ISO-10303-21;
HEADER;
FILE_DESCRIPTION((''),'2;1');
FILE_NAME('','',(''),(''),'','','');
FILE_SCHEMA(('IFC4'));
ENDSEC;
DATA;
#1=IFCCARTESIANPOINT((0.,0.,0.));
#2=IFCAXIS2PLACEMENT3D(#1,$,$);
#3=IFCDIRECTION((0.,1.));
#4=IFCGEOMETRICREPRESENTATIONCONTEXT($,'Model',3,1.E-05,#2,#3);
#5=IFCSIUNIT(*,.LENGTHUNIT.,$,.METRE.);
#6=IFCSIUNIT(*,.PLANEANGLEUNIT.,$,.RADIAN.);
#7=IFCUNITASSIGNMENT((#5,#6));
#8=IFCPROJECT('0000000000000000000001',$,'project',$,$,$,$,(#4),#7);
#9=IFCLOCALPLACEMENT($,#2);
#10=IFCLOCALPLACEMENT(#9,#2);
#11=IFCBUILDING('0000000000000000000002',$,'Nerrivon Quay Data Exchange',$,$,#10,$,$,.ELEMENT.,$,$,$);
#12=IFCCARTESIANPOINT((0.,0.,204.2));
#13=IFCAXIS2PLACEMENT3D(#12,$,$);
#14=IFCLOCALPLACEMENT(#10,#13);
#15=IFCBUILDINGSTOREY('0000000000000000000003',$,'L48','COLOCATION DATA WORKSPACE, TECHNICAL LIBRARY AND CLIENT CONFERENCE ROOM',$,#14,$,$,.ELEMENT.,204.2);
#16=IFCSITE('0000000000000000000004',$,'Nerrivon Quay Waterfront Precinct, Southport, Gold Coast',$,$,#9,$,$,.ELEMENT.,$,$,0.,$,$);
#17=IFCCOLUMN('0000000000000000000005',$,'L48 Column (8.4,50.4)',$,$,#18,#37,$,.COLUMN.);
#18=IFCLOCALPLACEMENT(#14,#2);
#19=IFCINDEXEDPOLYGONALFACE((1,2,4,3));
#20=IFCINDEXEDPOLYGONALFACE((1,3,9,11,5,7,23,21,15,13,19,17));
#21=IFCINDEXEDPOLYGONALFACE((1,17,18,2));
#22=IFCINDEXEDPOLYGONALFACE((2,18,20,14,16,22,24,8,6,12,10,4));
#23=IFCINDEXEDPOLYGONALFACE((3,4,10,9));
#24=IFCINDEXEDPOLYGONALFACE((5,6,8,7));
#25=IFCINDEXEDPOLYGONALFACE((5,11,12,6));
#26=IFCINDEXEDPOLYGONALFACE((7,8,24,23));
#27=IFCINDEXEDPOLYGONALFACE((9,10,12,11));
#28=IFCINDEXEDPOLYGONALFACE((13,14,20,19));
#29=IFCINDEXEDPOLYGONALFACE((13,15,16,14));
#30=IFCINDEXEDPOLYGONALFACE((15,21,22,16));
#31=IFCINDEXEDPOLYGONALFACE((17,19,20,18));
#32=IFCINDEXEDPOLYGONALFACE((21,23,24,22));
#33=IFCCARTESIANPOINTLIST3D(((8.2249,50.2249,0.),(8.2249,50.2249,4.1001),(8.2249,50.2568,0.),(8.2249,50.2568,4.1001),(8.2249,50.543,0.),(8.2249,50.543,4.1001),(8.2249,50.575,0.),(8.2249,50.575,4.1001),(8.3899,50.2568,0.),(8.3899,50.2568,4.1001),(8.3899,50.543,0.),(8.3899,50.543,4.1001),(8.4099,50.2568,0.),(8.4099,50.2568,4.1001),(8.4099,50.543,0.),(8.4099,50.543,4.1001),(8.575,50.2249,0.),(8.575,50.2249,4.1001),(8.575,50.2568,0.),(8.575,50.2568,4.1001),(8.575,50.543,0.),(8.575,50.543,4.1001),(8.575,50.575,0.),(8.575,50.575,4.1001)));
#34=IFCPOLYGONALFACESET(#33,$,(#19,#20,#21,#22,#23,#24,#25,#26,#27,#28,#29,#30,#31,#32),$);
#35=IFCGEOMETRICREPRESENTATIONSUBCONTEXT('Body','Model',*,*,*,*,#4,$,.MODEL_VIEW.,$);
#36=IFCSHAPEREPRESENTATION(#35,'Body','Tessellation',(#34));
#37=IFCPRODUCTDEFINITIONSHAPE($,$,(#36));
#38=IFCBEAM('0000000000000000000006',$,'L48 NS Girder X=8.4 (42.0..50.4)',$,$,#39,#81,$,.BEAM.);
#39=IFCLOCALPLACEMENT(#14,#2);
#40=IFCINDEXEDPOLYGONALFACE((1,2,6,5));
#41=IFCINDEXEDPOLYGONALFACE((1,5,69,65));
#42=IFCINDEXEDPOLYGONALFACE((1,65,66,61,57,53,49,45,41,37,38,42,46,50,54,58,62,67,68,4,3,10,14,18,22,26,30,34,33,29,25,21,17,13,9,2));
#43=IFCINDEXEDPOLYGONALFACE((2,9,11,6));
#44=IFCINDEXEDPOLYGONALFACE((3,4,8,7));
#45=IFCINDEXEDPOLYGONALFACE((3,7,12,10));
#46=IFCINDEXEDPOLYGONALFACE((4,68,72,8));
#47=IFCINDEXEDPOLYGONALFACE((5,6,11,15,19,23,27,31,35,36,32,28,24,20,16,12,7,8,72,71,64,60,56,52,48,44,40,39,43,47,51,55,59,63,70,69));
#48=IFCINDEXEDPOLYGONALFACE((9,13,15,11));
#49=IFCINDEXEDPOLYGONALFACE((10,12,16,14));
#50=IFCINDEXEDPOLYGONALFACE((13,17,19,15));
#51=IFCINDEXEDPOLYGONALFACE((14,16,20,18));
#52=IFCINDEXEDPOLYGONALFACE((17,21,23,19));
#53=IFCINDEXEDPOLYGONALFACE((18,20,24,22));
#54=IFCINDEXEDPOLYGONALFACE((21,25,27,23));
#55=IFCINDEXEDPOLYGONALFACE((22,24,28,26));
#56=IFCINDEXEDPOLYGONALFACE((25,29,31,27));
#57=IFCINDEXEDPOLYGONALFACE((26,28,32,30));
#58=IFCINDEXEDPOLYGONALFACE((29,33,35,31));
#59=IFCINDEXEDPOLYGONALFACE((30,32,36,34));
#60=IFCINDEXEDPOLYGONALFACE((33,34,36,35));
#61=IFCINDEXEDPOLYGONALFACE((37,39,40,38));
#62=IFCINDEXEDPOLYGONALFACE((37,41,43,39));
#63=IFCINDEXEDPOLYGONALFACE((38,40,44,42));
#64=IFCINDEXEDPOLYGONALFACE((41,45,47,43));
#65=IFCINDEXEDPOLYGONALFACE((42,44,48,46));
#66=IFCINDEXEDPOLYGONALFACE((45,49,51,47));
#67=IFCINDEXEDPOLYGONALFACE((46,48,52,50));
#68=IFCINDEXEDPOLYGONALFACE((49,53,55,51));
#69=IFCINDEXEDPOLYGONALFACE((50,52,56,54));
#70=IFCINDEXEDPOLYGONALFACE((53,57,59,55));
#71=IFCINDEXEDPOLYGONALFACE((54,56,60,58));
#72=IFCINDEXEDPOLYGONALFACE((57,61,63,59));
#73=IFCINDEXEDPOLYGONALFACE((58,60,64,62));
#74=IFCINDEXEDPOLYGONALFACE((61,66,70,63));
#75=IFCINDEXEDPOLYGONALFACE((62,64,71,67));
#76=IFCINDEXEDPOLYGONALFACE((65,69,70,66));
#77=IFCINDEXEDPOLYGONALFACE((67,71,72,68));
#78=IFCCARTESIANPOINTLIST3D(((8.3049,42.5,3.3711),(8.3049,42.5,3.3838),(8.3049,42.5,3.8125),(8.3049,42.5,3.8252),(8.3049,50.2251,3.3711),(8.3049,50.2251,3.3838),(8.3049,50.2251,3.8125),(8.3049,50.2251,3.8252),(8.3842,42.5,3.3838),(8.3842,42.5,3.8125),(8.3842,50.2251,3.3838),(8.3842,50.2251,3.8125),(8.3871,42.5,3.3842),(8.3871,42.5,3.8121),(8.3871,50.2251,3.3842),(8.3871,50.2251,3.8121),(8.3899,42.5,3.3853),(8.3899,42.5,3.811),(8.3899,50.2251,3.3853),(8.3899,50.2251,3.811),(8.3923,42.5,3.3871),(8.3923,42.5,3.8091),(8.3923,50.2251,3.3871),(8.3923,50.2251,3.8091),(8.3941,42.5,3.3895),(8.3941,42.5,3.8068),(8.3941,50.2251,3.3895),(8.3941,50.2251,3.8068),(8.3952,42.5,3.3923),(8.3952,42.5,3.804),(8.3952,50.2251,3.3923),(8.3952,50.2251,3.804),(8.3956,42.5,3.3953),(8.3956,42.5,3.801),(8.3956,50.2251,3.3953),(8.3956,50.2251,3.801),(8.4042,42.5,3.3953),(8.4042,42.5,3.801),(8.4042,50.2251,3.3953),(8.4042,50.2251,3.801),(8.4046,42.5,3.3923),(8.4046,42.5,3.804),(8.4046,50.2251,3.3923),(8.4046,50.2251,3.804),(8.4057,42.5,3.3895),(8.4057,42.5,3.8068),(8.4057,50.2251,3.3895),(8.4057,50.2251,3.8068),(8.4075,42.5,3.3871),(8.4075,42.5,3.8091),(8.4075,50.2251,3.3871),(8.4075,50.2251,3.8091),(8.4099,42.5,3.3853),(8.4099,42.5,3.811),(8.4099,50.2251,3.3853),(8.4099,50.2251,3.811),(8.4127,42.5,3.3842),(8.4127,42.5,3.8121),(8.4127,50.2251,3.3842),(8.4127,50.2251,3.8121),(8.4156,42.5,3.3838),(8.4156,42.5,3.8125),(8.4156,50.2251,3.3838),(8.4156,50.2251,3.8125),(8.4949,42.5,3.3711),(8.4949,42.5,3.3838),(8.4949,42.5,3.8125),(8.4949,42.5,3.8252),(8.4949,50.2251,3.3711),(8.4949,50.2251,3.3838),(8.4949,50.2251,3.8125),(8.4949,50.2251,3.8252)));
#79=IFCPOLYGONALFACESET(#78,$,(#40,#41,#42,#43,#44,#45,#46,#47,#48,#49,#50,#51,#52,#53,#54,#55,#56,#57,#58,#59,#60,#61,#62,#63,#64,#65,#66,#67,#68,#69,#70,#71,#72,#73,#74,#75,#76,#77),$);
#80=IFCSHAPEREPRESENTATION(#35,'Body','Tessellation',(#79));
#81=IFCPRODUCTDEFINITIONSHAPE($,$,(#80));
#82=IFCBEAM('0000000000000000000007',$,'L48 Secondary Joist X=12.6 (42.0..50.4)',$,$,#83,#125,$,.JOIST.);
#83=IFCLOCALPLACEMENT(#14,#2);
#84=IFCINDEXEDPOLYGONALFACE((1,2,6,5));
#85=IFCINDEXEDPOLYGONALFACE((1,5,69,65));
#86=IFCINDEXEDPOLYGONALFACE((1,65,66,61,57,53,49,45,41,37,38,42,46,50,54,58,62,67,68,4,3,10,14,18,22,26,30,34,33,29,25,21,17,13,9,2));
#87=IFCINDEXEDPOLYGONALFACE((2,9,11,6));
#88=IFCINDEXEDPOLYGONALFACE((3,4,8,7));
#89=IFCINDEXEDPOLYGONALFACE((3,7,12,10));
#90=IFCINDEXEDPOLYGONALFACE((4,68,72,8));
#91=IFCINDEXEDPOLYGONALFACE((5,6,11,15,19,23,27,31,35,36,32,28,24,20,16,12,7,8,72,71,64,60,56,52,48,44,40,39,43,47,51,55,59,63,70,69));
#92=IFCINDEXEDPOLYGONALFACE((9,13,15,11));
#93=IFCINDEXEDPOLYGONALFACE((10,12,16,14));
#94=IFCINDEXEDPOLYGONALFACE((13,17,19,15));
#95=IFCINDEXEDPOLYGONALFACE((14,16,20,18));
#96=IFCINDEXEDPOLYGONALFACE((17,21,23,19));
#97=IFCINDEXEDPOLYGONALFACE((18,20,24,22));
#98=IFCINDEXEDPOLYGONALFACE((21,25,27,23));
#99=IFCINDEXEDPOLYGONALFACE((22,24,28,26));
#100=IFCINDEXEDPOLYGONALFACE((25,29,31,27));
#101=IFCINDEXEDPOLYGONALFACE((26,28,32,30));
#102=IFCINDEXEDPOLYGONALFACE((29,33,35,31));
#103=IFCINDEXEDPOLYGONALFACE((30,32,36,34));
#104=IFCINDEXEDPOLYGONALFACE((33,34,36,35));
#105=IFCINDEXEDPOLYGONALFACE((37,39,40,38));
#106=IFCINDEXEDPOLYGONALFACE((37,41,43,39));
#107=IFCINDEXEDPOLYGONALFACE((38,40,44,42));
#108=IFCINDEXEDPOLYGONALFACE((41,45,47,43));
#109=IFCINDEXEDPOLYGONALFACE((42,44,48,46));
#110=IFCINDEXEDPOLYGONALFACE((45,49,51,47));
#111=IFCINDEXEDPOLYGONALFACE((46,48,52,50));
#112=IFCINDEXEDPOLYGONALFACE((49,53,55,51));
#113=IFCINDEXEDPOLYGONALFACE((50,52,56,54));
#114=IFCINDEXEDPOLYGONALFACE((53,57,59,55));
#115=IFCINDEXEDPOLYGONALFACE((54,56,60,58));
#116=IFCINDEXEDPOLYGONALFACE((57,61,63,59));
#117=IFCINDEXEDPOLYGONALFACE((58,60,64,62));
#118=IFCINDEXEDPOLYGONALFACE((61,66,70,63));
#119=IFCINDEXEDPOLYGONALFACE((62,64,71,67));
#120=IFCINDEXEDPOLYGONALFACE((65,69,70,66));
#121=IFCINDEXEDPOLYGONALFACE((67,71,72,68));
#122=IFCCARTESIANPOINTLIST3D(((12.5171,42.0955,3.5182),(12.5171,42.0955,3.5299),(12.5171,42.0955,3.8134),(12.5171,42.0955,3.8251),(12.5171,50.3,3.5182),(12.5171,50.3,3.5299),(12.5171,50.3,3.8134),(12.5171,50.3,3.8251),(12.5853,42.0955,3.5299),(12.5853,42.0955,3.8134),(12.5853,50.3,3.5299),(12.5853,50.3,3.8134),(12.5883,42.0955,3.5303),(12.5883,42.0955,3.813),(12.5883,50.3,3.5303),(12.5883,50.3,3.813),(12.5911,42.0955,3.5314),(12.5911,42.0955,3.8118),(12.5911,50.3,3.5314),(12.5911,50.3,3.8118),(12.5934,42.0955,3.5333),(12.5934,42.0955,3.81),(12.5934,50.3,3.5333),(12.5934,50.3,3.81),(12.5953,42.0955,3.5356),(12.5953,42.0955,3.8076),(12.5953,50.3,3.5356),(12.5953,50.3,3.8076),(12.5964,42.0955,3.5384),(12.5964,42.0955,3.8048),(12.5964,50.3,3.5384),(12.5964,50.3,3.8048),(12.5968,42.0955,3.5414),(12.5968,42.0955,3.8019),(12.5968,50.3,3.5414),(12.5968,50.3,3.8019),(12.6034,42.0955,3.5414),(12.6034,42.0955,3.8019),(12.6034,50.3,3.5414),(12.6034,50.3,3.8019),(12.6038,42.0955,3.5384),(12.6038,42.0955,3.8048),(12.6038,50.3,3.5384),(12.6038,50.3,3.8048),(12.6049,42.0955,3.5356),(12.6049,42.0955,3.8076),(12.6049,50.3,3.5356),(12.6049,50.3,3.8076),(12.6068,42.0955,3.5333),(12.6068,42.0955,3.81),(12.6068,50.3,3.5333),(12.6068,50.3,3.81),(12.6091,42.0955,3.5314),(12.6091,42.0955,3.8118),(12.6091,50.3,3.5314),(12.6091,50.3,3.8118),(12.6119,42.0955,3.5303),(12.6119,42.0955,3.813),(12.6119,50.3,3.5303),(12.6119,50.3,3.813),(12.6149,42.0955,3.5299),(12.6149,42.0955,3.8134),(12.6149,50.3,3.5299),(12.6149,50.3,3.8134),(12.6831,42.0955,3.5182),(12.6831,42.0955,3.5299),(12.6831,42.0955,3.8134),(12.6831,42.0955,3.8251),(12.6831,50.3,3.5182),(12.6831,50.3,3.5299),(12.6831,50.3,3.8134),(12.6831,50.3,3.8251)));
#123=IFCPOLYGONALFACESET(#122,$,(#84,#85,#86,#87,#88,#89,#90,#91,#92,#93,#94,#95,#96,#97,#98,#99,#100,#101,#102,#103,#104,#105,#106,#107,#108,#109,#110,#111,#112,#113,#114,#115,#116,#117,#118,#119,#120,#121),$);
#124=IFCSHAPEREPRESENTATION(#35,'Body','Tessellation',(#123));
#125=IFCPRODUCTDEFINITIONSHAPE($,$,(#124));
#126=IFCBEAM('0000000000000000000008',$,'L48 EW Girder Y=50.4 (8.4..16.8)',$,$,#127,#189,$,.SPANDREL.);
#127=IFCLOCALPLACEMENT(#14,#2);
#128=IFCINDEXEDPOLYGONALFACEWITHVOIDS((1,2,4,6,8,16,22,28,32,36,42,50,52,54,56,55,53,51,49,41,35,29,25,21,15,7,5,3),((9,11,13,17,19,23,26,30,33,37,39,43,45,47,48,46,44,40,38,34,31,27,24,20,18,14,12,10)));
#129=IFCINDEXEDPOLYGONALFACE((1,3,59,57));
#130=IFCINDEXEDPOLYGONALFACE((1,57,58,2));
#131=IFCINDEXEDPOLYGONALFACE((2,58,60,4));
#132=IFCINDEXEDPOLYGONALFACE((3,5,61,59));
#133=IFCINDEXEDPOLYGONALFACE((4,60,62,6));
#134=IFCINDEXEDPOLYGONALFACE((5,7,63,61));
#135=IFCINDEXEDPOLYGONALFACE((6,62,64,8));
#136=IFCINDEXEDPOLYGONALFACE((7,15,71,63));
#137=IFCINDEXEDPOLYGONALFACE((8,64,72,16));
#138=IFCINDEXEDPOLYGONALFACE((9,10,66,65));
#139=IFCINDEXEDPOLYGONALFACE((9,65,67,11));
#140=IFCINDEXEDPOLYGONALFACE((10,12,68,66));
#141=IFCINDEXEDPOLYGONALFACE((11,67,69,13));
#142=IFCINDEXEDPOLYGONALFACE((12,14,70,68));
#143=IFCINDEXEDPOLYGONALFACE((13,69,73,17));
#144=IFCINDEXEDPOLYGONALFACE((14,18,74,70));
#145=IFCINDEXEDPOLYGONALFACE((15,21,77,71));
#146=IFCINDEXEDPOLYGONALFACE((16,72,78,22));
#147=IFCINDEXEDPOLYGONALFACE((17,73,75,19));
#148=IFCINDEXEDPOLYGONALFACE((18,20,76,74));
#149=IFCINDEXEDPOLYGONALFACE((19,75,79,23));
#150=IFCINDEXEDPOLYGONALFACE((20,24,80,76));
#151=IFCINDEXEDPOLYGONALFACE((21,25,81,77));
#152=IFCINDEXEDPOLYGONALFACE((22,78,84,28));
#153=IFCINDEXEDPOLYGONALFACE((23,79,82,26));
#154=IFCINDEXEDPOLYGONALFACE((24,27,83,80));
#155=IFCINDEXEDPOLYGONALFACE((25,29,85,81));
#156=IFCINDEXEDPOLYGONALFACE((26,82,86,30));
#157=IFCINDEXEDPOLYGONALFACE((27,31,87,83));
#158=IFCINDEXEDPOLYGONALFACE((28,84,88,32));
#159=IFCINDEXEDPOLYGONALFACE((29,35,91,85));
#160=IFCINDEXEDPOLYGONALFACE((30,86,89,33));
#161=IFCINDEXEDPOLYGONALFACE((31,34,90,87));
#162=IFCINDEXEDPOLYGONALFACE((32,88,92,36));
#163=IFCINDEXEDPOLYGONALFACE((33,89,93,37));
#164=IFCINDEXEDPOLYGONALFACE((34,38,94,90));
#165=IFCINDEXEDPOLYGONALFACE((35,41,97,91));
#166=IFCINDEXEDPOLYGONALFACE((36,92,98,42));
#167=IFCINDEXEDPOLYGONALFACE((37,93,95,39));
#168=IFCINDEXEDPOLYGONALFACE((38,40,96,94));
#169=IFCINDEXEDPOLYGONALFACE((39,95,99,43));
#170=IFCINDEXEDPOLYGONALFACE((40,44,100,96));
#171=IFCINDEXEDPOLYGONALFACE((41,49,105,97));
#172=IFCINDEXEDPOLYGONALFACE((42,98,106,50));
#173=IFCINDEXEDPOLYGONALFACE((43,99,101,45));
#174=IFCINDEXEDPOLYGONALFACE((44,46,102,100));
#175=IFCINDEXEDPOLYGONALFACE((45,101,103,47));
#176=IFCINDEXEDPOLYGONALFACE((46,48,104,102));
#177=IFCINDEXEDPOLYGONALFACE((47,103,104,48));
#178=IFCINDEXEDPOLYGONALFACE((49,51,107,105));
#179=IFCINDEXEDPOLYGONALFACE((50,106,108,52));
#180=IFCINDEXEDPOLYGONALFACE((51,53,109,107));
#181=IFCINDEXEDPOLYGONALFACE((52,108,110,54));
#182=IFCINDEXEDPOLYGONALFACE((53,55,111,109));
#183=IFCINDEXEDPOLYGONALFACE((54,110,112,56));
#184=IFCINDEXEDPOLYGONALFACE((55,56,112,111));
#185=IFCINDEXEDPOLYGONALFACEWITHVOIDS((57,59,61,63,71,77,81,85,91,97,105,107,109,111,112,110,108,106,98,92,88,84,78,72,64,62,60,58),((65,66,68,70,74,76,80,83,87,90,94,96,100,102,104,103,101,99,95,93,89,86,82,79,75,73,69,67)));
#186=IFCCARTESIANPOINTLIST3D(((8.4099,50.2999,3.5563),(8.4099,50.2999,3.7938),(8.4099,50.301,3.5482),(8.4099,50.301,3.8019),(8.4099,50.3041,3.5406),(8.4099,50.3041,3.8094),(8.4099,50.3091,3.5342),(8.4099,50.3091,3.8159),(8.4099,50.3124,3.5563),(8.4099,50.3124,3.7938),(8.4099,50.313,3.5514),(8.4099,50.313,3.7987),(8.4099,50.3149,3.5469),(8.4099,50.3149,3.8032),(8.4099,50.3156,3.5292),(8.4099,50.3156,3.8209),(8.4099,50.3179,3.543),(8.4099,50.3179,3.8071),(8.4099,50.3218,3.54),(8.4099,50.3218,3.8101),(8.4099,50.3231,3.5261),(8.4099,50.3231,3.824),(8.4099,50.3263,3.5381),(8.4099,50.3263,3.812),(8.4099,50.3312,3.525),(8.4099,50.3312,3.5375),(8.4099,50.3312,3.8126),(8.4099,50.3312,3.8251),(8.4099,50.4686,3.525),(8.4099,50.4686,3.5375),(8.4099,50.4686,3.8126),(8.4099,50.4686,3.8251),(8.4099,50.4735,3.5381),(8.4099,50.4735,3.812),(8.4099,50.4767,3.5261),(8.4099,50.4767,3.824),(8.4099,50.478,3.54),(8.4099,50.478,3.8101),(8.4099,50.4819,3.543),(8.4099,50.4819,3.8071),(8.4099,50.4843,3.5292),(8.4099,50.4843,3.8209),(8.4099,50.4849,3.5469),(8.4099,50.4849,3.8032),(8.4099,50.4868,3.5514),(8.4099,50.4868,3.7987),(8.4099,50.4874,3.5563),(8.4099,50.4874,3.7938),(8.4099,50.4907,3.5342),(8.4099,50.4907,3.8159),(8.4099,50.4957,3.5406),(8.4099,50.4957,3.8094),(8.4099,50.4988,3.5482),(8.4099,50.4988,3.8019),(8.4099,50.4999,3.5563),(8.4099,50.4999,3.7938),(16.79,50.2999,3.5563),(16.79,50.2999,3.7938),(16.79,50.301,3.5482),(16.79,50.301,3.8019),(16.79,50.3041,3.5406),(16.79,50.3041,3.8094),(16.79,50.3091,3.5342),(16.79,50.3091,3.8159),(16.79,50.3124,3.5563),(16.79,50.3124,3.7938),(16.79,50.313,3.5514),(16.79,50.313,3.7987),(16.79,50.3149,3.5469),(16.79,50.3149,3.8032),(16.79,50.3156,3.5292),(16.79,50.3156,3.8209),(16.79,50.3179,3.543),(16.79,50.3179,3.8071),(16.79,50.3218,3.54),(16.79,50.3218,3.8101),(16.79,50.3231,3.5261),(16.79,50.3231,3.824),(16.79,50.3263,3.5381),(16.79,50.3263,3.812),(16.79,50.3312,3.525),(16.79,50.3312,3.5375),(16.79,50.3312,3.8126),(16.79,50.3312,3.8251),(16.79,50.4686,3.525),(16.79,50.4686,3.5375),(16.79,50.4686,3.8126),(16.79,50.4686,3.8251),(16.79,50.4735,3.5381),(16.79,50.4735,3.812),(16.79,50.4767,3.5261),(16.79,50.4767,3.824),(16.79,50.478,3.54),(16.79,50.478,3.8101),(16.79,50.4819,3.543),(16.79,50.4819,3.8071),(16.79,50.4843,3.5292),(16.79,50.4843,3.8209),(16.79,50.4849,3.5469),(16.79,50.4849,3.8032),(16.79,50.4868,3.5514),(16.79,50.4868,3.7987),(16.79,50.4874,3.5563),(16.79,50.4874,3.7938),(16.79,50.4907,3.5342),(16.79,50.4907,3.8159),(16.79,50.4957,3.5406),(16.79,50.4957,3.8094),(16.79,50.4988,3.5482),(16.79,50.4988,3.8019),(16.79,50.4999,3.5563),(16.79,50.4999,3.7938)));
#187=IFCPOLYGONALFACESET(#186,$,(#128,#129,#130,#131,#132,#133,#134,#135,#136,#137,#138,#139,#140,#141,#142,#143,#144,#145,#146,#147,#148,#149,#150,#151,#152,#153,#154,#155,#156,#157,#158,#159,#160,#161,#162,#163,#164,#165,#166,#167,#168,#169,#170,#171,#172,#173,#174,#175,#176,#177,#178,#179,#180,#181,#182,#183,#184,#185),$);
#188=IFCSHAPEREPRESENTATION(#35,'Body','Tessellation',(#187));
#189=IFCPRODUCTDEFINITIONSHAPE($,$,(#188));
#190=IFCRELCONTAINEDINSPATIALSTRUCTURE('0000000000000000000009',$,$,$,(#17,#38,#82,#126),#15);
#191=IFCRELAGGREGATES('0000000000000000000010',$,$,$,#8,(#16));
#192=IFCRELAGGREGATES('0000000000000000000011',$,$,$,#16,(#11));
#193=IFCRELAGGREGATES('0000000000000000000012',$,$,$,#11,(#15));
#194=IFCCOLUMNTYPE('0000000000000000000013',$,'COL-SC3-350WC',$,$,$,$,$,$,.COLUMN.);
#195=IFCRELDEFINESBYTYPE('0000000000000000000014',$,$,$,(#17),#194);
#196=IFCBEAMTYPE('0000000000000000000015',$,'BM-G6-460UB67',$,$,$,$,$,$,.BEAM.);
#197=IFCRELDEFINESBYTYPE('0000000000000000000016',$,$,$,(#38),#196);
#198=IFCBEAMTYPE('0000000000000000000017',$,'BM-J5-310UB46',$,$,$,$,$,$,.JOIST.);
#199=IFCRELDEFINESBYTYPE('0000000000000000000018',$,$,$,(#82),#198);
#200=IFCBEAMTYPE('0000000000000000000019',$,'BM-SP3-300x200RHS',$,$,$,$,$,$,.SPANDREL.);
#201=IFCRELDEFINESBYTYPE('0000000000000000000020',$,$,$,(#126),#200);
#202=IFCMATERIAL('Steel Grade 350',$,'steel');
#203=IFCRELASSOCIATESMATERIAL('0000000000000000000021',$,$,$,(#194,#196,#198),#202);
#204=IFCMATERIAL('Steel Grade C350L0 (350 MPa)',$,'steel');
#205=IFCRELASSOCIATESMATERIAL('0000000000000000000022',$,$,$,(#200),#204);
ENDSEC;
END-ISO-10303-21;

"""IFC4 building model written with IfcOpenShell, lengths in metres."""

from ifc_helpers import new_model, si_unit, direction, frame, origin, origin_2d, place, context, subcontext, project, spatial, hollow_rectangle, i_section, extrude, material, material_profile, profile_set, type_object, element, save


model = new_model("IFC4")

# Units and contexts
model_context = context("Model", 3, precision=1e-05, world=origin(), true_north=direction((0.0, 1.0)))
body_context = subcontext(model_context, "Body", "Model", "MODEL_VIEW")
ifc_project = project(units=[si_unit("LENGTHUNIT", "METRE"), si_unit("PLANEANGLEUNIT", "RADIAN")], contexts=[model_context])

# Site, building, storey
site_placement = place(None, origin())
site = spatial("IfcSite", under=ifc_project, at=site_placement, Name="Nerrivon Quay Waterfront Precinct, Southport, Gold Coast", CompositionType="ELEMENT", RefElevation=0.0)
building_placement = place(site_placement, origin())
building = spatial("IfcBuilding", under=site, at=building_placement, Name="Nerrivon Quay Data Exchange", CompositionType="ELEMENT")
storey_placement = place(building_placement, frame((0.0, 0.0, 204.2)))
storey = spatial("IfcBuildingStorey", under=building, at=storey_placement, Name="L48", Description="COLOCATION DATA WORKSPACE, TECHNICAL LIBRARY AND CLIENT CONFERENCE ROOM", CompositionType="ELEMENT", Elevation=204.2)

# Column
ifc_material_1 = material(Name="Steel Grade 350", Category="steel")
ifc_material_profile_1 = material_profile(ifc_material_1, i_section(OverallWidth=0.3501, OverallDepth=0.3501, WebThickness=0.02, FlangeThickness=0.032, at=origin_2d()), Name="350WC230")
ifc_profile_set_1 = profile_set([ifc_material_profile_1], Name="Steel Grade 350")
column_type = type_object("IfcColumnType", Name="COL-SC3-350WC", PredefinedType="COLUMN", material=ifc_profile_set_1)
column_placement = place(storey_placement, frame((8.3999, 50.3999, 0.0), z_axis=(0.0, 0.0, 1.0), x_axis=(1.0, 0.0, 0.0)))
element("IfcColumn", 1, at=column_placement, inside=storey, type_object=column_type, Name="L48 Column (8.4,50.4)", PredefinedType="COLUMN", context=body_context, shape_type="SweptSolid", body=[
    extrude(i_section(OverallWidth=0.3501, OverallDepth=0.3501, WebThickness=0.02, FlangeThickness=0.032, at=origin_2d()), origin(), (0.0, 0.0, 1.0), 4.1001),
])

# Beams
ifc_material_profile_2 = material_profile(ifc_material_1, i_section(OverallWidth=0.1899, OverallDepth=0.4541, WebThickness=0.0085, FlangeThickness=0.0127, FilletRadius=0.0115, at=origin_2d()), Name="460UB67.1")
ifc_profile_set_2 = profile_set([ifc_material_profile_2], Name="Steel Grade 350")
beam_type_1 = type_object("IfcBeamType", Name="BM-G6-460UB67", PredefinedType="BEAM", material=ifc_profile_set_2)
beam_1_placement = place(storey_placement, frame((8.3999, 42.5, 3.5981), z_axis=(0.0, 1.0, 0.0), x_axis=(-1.0, 0.0, 0.0)))
element("IfcBeam", 2, at=beam_1_placement, inside=storey, type_object=beam_type_1, Name="L48 NS Girder X=8.4 (42.0..50.4)", PredefinedType="BEAM", context=body_context, shape_type="SweptSolid", body=[
    extrude(i_section(OverallWidth=0.1899, OverallDepth=0.4541, WebThickness=0.0085, FlangeThickness=0.0127, FilletRadius=0.0115, at=origin_2d()), origin(), (0.0, 0.0, 1.0), 7.7251),
])
ifc_material_profile_3 = material_profile(ifc_material_1, i_section(OverallWidth=0.166, OverallDepth=0.3069, WebThickness=0.0066, FlangeThickness=0.0117, FilletRadius=0.0115, at=origin_2d()), Name="310UB46.2")
ifc_profile_set_3 = profile_set([ifc_material_profile_3], Name="Steel Grade 350")
beam_type_2 = type_object("IfcBeamType", Name="BM-J5-310UB46", PredefinedType="JOIST", material=ifc_profile_set_3)
beam_2_placement = place(storey_placement, frame((12.6001, 42.0955, 3.6716), z_axis=(0.0, 1.0, 0.0), x_axis=(-1.0, 0.0, 0.0)))
element("IfcBeam", 3, at=beam_2_placement, inside=storey, type_object=beam_type_2, Name="L48 Secondary Joist X=12.6 (42.0..50.4)", PredefinedType="JOIST", context=body_context, shape_type="SweptSolid", body=[
    extrude(i_section(OverallWidth=0.166, OverallDepth=0.3069, WebThickness=0.0066, FlangeThickness=0.0117, FilletRadius=0.0115, at=origin_2d()), origin(), (0.0, 0.0, 1.0), 8.2046),
])
ifc_material_2 = material(Name="Steel Grade C350L0 (350 MPa)", Category="steel")
ifc_material_profile_4 = material_profile(ifc_material_2, hollow_rectangle(XDim=0.2, YDim=0.3, WallThickness=0.0125, InnerFilletRadius=0.0188, OuterFilletRadius=0.0312, at=origin_2d()), Name="300x200x12.5RHS")
ifc_profile_set_4 = profile_set([ifc_material_profile_4], Name="Steel Grade C350L0 (350 MPa)")
beam_type_3 = type_object("IfcBeamType", Name="BM-SP3-300x200RHS", PredefinedType="SPANDREL", material=ifc_profile_set_4)
beam_3_placement = place(storey_placement, frame((8.4099, 50.3999, 3.675), z_axis=(1.0, 0.0, 0.0), x_axis=(0.0, 1.0, 0.0)))
element("IfcBeam", 4, at=beam_3_placement, inside=storey, type_object=beam_type_3, Name="L48 EW Girder Y=50.4 (8.4..16.8)", PredefinedType="SPANDREL", context=body_context, shape_type="SweptSolid", body=[
    extrude(hollow_rectangle(XDim=0.2, YDim=0.3, WallThickness=0.0125, InnerFilletRadius=0.0188, OuterFilletRadius=0.0312, at=origin_2d()), origin(), (0.0, 0.0, 1.0), 8.3801),
])

save(model, "model.ifc")
